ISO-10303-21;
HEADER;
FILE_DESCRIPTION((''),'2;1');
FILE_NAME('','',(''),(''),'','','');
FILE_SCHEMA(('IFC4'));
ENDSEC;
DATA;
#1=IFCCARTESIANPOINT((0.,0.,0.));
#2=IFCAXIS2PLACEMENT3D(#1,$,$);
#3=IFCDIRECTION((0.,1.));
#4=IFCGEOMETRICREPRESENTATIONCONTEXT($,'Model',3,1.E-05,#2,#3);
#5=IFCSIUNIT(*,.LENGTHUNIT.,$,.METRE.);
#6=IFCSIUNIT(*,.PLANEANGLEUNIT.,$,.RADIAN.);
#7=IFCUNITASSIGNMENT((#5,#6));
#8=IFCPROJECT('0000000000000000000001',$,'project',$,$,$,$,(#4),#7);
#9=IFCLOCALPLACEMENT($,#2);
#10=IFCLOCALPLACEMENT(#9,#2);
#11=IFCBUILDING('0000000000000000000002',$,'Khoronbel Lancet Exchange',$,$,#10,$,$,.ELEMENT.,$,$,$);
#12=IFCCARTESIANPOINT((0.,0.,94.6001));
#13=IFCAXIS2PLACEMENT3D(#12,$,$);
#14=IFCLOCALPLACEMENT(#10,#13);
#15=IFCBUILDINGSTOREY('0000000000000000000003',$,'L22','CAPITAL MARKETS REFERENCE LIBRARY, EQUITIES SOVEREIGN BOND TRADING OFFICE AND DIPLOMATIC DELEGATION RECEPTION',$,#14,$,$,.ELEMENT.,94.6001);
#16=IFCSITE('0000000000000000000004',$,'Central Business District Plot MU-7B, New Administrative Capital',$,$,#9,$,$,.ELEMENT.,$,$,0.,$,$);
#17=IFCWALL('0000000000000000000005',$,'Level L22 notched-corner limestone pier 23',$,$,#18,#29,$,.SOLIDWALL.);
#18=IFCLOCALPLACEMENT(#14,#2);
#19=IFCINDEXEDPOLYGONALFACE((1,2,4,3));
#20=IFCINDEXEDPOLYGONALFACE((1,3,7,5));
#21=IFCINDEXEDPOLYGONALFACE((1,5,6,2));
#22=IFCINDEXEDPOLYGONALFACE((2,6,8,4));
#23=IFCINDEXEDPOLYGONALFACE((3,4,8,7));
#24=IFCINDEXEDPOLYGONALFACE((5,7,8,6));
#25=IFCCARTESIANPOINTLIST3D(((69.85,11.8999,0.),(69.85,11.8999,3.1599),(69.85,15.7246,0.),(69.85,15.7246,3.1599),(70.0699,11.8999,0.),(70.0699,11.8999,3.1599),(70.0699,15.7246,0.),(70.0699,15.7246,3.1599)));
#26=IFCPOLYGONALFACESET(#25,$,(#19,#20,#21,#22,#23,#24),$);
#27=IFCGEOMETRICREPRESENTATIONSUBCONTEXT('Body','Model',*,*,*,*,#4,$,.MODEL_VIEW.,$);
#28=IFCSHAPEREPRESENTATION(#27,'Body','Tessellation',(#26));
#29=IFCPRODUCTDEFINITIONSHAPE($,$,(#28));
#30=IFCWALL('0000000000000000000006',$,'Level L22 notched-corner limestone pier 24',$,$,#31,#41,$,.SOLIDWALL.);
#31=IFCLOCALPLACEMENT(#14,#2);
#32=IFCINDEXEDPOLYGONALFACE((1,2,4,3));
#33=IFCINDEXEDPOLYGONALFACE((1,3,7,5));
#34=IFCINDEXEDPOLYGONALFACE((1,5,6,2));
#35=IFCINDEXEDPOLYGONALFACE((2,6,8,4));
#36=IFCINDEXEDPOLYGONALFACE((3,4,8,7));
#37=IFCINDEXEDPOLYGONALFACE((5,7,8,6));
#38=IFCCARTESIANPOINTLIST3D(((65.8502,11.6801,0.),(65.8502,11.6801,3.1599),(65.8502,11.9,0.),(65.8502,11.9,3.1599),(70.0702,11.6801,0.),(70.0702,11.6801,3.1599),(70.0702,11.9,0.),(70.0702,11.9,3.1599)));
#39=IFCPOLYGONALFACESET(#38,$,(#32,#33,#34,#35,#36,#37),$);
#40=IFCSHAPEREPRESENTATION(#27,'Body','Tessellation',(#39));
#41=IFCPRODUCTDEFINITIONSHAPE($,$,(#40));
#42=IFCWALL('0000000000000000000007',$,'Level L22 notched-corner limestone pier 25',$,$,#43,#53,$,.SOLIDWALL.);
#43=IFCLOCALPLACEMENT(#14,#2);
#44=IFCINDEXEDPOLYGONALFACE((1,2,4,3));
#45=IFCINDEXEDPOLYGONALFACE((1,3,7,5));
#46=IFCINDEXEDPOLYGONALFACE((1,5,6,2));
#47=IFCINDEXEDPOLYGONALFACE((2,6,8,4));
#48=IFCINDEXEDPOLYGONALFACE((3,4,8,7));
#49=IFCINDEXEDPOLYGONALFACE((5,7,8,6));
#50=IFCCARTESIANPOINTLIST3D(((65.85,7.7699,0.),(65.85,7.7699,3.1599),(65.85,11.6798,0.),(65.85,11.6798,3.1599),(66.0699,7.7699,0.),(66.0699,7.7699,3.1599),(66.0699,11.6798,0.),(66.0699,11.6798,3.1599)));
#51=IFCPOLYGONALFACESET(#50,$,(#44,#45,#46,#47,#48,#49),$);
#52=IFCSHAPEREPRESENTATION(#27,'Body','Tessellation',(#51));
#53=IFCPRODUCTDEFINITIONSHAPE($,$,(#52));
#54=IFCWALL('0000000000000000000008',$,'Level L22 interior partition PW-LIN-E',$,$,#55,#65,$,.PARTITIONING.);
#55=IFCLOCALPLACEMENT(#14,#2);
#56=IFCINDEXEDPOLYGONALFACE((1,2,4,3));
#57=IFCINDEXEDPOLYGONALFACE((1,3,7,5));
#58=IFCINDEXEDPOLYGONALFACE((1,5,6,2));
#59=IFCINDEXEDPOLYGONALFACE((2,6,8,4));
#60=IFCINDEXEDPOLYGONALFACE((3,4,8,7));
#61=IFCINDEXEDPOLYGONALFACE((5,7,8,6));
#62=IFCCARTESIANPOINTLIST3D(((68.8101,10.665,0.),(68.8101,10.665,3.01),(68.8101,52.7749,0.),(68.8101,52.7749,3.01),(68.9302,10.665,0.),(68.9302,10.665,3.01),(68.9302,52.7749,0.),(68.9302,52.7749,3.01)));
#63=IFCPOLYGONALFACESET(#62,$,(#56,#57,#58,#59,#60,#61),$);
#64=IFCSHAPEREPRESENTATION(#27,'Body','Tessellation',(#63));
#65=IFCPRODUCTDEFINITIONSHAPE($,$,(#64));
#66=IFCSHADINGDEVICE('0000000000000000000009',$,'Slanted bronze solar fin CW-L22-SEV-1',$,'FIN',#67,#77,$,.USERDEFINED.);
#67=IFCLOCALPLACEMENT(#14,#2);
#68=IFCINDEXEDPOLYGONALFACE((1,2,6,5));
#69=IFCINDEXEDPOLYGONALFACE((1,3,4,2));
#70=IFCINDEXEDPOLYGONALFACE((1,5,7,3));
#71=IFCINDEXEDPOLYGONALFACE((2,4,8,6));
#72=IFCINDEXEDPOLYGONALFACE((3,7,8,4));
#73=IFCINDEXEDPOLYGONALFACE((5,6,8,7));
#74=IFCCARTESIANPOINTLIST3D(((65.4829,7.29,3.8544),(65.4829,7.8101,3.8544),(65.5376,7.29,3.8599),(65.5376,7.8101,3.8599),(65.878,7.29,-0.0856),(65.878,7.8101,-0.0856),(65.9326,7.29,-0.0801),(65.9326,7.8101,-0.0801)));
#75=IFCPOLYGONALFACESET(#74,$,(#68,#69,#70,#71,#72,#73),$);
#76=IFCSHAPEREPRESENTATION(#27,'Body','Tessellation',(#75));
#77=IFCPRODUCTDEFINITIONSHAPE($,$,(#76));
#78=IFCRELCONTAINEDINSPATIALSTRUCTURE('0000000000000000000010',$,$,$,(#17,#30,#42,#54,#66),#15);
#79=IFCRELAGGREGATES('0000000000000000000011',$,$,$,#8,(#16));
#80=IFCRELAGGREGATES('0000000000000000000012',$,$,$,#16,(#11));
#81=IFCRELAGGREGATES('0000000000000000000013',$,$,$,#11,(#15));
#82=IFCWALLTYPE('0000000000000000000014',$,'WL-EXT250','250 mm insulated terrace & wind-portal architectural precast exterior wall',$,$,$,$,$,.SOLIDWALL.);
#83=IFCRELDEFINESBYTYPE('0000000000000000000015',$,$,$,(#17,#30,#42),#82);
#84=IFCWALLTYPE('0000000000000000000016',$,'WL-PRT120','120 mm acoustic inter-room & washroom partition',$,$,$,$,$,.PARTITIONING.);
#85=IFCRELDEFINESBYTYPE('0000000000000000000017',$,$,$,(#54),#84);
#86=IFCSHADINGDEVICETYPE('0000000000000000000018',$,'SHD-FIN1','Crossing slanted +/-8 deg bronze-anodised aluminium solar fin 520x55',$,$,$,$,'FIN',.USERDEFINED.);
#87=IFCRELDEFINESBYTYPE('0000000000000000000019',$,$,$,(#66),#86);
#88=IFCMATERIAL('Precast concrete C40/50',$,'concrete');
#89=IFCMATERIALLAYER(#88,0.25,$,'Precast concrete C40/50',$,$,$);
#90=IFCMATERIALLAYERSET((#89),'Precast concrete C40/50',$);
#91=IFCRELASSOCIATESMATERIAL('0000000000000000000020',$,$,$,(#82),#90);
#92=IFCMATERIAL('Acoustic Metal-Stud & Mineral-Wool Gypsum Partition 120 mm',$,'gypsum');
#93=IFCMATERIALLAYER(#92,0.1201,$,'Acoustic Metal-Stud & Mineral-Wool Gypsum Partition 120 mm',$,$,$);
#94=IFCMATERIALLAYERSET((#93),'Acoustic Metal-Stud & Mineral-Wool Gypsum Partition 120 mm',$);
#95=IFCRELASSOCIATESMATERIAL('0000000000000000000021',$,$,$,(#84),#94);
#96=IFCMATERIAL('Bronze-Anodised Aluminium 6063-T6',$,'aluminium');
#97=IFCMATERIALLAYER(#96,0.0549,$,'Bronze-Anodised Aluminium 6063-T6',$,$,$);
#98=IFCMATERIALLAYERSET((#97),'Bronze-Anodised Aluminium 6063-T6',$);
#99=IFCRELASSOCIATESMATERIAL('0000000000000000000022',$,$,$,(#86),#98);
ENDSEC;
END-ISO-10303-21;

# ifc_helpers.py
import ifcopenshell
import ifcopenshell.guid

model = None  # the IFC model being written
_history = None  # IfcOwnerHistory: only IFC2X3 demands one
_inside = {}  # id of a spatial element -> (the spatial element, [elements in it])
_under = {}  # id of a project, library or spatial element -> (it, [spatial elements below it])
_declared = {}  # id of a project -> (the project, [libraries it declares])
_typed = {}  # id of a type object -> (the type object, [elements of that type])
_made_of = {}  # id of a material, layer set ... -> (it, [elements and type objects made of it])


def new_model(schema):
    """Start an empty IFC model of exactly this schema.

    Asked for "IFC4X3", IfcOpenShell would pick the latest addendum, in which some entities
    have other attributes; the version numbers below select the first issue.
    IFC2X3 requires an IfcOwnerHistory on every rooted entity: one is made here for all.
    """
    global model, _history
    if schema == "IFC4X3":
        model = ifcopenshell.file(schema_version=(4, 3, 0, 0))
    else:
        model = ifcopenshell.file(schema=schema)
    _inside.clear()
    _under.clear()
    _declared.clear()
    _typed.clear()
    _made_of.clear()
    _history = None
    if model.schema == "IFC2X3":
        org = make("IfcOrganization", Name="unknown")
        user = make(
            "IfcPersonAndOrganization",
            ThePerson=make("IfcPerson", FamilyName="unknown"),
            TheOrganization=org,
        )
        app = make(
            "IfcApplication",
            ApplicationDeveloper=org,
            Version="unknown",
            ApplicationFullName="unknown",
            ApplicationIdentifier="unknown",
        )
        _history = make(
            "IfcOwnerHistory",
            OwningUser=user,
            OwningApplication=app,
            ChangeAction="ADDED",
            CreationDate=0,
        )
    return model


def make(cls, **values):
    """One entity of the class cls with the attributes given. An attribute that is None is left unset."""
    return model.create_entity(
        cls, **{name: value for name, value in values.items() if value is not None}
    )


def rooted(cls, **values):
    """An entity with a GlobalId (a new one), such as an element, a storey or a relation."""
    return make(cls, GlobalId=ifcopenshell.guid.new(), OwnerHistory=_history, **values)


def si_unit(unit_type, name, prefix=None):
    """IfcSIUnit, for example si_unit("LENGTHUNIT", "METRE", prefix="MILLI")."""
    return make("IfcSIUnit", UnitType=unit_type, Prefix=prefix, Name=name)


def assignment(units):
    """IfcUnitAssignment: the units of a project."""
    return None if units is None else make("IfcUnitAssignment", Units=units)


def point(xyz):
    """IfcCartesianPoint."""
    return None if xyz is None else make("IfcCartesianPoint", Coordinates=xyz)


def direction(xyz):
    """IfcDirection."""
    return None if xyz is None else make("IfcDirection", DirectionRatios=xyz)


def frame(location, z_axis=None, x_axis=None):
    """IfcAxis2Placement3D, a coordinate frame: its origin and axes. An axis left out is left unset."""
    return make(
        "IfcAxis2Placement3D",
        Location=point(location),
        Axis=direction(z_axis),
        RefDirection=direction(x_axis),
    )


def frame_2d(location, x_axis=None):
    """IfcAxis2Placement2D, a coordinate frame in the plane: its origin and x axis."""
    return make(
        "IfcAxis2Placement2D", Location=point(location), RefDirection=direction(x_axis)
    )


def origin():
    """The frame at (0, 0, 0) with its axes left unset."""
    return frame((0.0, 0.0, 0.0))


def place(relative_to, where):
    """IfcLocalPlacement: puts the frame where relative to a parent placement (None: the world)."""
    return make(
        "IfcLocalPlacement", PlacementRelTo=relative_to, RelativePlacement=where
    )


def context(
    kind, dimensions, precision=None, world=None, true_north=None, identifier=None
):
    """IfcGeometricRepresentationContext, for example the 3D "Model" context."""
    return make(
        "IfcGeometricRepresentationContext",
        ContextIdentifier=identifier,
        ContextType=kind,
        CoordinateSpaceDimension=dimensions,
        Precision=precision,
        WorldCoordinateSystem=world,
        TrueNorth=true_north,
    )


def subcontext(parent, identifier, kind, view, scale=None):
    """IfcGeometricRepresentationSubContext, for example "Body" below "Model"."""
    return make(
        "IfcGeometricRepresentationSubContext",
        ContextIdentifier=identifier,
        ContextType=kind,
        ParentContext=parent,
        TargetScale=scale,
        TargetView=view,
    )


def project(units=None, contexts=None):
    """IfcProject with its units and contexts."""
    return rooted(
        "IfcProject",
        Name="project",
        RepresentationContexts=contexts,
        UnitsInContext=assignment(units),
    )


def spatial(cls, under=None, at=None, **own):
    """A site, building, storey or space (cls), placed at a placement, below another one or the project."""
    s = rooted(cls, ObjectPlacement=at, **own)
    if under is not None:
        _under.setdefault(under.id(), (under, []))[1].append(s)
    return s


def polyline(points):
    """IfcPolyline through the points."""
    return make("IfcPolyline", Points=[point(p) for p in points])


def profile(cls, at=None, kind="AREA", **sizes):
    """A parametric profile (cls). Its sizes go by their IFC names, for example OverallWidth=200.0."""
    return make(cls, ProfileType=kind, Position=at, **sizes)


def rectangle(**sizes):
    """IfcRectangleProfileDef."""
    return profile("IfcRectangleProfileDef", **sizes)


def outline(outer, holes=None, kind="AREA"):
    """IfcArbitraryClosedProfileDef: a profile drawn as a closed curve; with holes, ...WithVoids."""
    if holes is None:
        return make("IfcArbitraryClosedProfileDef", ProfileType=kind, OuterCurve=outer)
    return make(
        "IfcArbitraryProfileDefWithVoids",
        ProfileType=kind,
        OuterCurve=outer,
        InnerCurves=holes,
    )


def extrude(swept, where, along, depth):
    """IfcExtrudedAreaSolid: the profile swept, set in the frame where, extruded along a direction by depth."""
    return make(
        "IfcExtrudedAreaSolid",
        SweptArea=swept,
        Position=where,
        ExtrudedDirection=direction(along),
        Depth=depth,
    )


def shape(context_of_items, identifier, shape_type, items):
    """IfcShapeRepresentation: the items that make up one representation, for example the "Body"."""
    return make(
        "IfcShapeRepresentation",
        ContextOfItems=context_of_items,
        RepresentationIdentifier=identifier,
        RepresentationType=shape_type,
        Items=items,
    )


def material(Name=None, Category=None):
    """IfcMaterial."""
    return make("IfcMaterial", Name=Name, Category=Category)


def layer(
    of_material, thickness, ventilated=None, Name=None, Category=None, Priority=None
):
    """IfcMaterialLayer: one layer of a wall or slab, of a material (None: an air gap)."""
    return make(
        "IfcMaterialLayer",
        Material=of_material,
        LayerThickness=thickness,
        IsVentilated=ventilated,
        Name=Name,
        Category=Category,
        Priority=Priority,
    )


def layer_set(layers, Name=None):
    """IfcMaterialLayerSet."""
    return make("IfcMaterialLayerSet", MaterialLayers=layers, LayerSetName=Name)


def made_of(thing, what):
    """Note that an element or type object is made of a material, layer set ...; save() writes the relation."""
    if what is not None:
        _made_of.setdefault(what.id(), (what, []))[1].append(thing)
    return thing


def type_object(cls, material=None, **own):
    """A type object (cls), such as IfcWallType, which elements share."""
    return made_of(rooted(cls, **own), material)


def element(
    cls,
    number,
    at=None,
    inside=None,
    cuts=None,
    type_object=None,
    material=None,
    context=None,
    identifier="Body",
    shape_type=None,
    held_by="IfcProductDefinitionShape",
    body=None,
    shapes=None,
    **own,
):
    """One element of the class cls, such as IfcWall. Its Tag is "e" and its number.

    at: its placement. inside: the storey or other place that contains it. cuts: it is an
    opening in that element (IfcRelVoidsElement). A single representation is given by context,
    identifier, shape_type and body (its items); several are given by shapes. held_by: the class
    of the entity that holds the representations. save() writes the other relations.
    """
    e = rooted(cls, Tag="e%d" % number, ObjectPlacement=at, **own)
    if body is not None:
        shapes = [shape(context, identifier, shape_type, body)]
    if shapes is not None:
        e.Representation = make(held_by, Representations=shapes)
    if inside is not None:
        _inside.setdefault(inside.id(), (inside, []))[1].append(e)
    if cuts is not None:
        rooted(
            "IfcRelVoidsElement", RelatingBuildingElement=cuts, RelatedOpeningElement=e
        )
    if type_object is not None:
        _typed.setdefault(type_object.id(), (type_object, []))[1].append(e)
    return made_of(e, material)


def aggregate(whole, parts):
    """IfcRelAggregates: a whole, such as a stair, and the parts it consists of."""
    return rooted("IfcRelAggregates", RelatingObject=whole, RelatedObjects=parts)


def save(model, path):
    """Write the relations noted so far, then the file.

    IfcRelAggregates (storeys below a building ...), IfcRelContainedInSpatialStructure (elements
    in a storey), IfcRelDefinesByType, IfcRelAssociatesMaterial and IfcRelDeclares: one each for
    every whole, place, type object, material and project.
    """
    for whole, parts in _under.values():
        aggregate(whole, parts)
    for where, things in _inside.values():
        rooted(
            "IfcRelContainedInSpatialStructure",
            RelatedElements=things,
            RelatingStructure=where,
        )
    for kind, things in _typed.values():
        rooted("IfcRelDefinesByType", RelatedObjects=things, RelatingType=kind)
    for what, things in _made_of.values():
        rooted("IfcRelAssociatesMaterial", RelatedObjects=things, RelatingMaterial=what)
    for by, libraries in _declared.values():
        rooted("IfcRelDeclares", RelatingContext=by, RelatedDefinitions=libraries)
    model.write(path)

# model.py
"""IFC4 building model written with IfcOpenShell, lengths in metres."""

from ifc_helpers import new_model, si_unit, direction, frame, frame_2d, origin, place, context, subcontext, project, spatial, polyline, rectangle, outline, extrude, material, layer, layer_set, type_object, element, save


model = new_model("IFC4")

# Units and contexts
model_context = context("Model", 3, precision=1e-05, world=origin(), true_north=direction((0.0, 1.0)))
body_context = subcontext(model_context, "Body", "Model", "MODEL_VIEW")
ifc_project = project(units=[si_unit("LENGTHUNIT", "METRE"), si_unit("PLANEANGLEUNIT", "RADIAN")], contexts=[model_context])

# Site, building, storey
site_placement = place(None, origin())
site = spatial("IfcSite", under=ifc_project, at=site_placement, Name="Central Business District Plot MU-7B, New Administrative Capital", CompositionType="ELEMENT", RefElevation=0.0)
building_placement = place(site_placement, origin())
building = spatial("IfcBuilding", under=site, at=building_placement, Name="Khoronbel Lancet Exchange", CompositionType="ELEMENT")
storey_placement = place(building_placement, frame((0.0, 0.0, 94.6001)))
storey = spatial("IfcBuildingStorey", under=building, at=storey_placement, Name="L22", Description="CAPITAL MARKETS REFERENCE LIBRARY, EQUITIES SOVEREIGN BOND TRADING OFFICE AND DIPLOMATIC DELEGATION RECEPTION", CompositionType="ELEMENT", Elevation=94.6001)

# Shared definitions
ifc_material_1 = material(Name="Bronze-Anodised Aluminium 6063-T6", Category="aluminium")

# Walls
ifc_material_2 = material(Name="Precast concrete C40/50", Category="concrete")
ifc_layer_1 = layer(ifc_material_2, 0.25, Name="Precast concrete C40/50")
ifc_layer_set_1 = layer_set([ifc_layer_1], Name="Precast concrete C40/50")
wall_type_1 = type_object("IfcWallType", Name="WL-EXT250", Description="250 mm insulated terrace & wind-portal architectural precast exterior wall", PredefinedType="SOLIDWALL", material=ifc_layer_set_1)
wall_1_placement = place(storey_placement, frame((69.96, 15.7246, 0.0), z_axis=(0.0, 0.0, 1.0), x_axis=(0.0, -1.0, 0.0)))
element("IfcWall", 1, at=wall_1_placement, inside=storey, type_object=wall_type_1, Name="Level L22 notched-corner limestone pier 23", PredefinedType="SOLIDWALL", context=body_context, shape_type="SweptSolid", body=[
    extrude(rectangle(XDim=3.8247, YDim=0.22, at=frame_2d((1.9124, 0.0))), origin(), (0.0, 0.0, 1.0), 3.1599),
])
wall_2_placement = place(storey_placement, frame((70.0701, 11.79, 0.0), z_axis=(0.0, 0.0, 1.0), x_axis=(-1.0, 0.0, 0.0)))
element("IfcWall", 2, at=wall_2_placement, inside=storey, type_object=wall_type_1, Name="Level L22 notched-corner limestone pier 24", PredefinedType="SOLIDWALL", context=body_context, shape_type="SweptSolid", body=[
    extrude(rectangle(XDim=4.22, YDim=0.22, at=frame_2d((2.1099, 0.0))), origin(), (0.0, 0.0, 1.0), 3.1599),
])
wall_3_placement = place(storey_placement, frame((65.96, 11.6799, 0.0), z_axis=(0.0, 0.0, 1.0), x_axis=(0.0, -1.0, 0.0)))
element("IfcWall", 3, at=wall_3_placement, inside=storey, type_object=wall_type_1, Name="Level L22 notched-corner limestone pier 25", PredefinedType="SOLIDWALL", context=body_context, shape_type="SweptSolid", body=[
    extrude(rectangle(XDim=3.9099, YDim=0.22, at=frame_2d((1.9551, 0.0))), origin(), (0.0, 0.0, 1.0), 3.1599),
])
ifc_material_3 = material(Name="Acoustic Metal-Stud & Mineral-Wool Gypsum Partition 120 mm", Category="gypsum")
ifc_layer_2 = layer(ifc_material_3, 0.1201, Name="Acoustic Metal-Stud & Mineral-Wool Gypsum Partition 120 mm")
ifc_layer_set_2 = layer_set([ifc_layer_2], Name="Acoustic Metal-Stud & Mineral-Wool Gypsum Partition 120 mm")
wall_type_2 = type_object("IfcWallType", Name="WL-PRT120", Description="120 mm acoustic inter-room & washroom partition", PredefinedType="PARTITIONING", material=ifc_layer_set_2)
wall_4_placement = place(storey_placement, frame((68.8701, 10.665, 0.0), z_axis=(0.0, 0.0, 1.0), x_axis=(0.0, 1.0, 0.0)))
element("IfcWall", 4, at=wall_4_placement, inside=storey, type_object=wall_type_2, Name="Level L22 interior partition PW-LIN-E", PredefinedType="PARTITIONING", context=body_context, shape_type="SweptSolid", body=[
    extrude(rectangle(XDim=42.1099, YDim=0.1201, at=frame_2d((21.0549, 0.0))), origin(), (0.0, 0.0, 1.0), 3.01),
])

# Shading device
ifc_layer_3 = layer(ifc_material_1, 0.0549, Name="Bronze-Anodised Aluminium 6063-T6")
ifc_layer_set_3 = layer_set([ifc_layer_3], Name="Bronze-Anodised Aluminium 6063-T6")
shading_device_type = type_object("IfcShadingDeviceType", Name="SHD-FIN1", Description="Crossing slanted +/-8 deg bronze-anodised aluminium solar fin 520x55", ElementType="FIN", PredefinedType="USERDEFINED", material=ifc_layer_set_3)
shading_device_placement = place(storey_placement, frame((65.9326, 7.8101, -0.0801), z_axis=(0.995012, 0.0, 0.09976), x_axis=(0.0, -1.0, 0.0)))
element("IfcShadingDevice", 5, at=shading_device_placement, inside=storey, type_object=shading_device_type, Name="Slanted bronze solar fin CW-L22-SEV-1", ObjectType="FIN", PredefinedType="USERDEFINED", context=body_context, shape_type="SweptSolid", body=[
    extrude(outline(polyline([(0.0, 0.0), (0.52, 0.0), (0.52, -3.9597), (0.0, -3.9597), (0.0, 0.0)])), origin(), (0.0, 0.0, -1.0), 0.0549),
])

save(model, "model.ifc")
